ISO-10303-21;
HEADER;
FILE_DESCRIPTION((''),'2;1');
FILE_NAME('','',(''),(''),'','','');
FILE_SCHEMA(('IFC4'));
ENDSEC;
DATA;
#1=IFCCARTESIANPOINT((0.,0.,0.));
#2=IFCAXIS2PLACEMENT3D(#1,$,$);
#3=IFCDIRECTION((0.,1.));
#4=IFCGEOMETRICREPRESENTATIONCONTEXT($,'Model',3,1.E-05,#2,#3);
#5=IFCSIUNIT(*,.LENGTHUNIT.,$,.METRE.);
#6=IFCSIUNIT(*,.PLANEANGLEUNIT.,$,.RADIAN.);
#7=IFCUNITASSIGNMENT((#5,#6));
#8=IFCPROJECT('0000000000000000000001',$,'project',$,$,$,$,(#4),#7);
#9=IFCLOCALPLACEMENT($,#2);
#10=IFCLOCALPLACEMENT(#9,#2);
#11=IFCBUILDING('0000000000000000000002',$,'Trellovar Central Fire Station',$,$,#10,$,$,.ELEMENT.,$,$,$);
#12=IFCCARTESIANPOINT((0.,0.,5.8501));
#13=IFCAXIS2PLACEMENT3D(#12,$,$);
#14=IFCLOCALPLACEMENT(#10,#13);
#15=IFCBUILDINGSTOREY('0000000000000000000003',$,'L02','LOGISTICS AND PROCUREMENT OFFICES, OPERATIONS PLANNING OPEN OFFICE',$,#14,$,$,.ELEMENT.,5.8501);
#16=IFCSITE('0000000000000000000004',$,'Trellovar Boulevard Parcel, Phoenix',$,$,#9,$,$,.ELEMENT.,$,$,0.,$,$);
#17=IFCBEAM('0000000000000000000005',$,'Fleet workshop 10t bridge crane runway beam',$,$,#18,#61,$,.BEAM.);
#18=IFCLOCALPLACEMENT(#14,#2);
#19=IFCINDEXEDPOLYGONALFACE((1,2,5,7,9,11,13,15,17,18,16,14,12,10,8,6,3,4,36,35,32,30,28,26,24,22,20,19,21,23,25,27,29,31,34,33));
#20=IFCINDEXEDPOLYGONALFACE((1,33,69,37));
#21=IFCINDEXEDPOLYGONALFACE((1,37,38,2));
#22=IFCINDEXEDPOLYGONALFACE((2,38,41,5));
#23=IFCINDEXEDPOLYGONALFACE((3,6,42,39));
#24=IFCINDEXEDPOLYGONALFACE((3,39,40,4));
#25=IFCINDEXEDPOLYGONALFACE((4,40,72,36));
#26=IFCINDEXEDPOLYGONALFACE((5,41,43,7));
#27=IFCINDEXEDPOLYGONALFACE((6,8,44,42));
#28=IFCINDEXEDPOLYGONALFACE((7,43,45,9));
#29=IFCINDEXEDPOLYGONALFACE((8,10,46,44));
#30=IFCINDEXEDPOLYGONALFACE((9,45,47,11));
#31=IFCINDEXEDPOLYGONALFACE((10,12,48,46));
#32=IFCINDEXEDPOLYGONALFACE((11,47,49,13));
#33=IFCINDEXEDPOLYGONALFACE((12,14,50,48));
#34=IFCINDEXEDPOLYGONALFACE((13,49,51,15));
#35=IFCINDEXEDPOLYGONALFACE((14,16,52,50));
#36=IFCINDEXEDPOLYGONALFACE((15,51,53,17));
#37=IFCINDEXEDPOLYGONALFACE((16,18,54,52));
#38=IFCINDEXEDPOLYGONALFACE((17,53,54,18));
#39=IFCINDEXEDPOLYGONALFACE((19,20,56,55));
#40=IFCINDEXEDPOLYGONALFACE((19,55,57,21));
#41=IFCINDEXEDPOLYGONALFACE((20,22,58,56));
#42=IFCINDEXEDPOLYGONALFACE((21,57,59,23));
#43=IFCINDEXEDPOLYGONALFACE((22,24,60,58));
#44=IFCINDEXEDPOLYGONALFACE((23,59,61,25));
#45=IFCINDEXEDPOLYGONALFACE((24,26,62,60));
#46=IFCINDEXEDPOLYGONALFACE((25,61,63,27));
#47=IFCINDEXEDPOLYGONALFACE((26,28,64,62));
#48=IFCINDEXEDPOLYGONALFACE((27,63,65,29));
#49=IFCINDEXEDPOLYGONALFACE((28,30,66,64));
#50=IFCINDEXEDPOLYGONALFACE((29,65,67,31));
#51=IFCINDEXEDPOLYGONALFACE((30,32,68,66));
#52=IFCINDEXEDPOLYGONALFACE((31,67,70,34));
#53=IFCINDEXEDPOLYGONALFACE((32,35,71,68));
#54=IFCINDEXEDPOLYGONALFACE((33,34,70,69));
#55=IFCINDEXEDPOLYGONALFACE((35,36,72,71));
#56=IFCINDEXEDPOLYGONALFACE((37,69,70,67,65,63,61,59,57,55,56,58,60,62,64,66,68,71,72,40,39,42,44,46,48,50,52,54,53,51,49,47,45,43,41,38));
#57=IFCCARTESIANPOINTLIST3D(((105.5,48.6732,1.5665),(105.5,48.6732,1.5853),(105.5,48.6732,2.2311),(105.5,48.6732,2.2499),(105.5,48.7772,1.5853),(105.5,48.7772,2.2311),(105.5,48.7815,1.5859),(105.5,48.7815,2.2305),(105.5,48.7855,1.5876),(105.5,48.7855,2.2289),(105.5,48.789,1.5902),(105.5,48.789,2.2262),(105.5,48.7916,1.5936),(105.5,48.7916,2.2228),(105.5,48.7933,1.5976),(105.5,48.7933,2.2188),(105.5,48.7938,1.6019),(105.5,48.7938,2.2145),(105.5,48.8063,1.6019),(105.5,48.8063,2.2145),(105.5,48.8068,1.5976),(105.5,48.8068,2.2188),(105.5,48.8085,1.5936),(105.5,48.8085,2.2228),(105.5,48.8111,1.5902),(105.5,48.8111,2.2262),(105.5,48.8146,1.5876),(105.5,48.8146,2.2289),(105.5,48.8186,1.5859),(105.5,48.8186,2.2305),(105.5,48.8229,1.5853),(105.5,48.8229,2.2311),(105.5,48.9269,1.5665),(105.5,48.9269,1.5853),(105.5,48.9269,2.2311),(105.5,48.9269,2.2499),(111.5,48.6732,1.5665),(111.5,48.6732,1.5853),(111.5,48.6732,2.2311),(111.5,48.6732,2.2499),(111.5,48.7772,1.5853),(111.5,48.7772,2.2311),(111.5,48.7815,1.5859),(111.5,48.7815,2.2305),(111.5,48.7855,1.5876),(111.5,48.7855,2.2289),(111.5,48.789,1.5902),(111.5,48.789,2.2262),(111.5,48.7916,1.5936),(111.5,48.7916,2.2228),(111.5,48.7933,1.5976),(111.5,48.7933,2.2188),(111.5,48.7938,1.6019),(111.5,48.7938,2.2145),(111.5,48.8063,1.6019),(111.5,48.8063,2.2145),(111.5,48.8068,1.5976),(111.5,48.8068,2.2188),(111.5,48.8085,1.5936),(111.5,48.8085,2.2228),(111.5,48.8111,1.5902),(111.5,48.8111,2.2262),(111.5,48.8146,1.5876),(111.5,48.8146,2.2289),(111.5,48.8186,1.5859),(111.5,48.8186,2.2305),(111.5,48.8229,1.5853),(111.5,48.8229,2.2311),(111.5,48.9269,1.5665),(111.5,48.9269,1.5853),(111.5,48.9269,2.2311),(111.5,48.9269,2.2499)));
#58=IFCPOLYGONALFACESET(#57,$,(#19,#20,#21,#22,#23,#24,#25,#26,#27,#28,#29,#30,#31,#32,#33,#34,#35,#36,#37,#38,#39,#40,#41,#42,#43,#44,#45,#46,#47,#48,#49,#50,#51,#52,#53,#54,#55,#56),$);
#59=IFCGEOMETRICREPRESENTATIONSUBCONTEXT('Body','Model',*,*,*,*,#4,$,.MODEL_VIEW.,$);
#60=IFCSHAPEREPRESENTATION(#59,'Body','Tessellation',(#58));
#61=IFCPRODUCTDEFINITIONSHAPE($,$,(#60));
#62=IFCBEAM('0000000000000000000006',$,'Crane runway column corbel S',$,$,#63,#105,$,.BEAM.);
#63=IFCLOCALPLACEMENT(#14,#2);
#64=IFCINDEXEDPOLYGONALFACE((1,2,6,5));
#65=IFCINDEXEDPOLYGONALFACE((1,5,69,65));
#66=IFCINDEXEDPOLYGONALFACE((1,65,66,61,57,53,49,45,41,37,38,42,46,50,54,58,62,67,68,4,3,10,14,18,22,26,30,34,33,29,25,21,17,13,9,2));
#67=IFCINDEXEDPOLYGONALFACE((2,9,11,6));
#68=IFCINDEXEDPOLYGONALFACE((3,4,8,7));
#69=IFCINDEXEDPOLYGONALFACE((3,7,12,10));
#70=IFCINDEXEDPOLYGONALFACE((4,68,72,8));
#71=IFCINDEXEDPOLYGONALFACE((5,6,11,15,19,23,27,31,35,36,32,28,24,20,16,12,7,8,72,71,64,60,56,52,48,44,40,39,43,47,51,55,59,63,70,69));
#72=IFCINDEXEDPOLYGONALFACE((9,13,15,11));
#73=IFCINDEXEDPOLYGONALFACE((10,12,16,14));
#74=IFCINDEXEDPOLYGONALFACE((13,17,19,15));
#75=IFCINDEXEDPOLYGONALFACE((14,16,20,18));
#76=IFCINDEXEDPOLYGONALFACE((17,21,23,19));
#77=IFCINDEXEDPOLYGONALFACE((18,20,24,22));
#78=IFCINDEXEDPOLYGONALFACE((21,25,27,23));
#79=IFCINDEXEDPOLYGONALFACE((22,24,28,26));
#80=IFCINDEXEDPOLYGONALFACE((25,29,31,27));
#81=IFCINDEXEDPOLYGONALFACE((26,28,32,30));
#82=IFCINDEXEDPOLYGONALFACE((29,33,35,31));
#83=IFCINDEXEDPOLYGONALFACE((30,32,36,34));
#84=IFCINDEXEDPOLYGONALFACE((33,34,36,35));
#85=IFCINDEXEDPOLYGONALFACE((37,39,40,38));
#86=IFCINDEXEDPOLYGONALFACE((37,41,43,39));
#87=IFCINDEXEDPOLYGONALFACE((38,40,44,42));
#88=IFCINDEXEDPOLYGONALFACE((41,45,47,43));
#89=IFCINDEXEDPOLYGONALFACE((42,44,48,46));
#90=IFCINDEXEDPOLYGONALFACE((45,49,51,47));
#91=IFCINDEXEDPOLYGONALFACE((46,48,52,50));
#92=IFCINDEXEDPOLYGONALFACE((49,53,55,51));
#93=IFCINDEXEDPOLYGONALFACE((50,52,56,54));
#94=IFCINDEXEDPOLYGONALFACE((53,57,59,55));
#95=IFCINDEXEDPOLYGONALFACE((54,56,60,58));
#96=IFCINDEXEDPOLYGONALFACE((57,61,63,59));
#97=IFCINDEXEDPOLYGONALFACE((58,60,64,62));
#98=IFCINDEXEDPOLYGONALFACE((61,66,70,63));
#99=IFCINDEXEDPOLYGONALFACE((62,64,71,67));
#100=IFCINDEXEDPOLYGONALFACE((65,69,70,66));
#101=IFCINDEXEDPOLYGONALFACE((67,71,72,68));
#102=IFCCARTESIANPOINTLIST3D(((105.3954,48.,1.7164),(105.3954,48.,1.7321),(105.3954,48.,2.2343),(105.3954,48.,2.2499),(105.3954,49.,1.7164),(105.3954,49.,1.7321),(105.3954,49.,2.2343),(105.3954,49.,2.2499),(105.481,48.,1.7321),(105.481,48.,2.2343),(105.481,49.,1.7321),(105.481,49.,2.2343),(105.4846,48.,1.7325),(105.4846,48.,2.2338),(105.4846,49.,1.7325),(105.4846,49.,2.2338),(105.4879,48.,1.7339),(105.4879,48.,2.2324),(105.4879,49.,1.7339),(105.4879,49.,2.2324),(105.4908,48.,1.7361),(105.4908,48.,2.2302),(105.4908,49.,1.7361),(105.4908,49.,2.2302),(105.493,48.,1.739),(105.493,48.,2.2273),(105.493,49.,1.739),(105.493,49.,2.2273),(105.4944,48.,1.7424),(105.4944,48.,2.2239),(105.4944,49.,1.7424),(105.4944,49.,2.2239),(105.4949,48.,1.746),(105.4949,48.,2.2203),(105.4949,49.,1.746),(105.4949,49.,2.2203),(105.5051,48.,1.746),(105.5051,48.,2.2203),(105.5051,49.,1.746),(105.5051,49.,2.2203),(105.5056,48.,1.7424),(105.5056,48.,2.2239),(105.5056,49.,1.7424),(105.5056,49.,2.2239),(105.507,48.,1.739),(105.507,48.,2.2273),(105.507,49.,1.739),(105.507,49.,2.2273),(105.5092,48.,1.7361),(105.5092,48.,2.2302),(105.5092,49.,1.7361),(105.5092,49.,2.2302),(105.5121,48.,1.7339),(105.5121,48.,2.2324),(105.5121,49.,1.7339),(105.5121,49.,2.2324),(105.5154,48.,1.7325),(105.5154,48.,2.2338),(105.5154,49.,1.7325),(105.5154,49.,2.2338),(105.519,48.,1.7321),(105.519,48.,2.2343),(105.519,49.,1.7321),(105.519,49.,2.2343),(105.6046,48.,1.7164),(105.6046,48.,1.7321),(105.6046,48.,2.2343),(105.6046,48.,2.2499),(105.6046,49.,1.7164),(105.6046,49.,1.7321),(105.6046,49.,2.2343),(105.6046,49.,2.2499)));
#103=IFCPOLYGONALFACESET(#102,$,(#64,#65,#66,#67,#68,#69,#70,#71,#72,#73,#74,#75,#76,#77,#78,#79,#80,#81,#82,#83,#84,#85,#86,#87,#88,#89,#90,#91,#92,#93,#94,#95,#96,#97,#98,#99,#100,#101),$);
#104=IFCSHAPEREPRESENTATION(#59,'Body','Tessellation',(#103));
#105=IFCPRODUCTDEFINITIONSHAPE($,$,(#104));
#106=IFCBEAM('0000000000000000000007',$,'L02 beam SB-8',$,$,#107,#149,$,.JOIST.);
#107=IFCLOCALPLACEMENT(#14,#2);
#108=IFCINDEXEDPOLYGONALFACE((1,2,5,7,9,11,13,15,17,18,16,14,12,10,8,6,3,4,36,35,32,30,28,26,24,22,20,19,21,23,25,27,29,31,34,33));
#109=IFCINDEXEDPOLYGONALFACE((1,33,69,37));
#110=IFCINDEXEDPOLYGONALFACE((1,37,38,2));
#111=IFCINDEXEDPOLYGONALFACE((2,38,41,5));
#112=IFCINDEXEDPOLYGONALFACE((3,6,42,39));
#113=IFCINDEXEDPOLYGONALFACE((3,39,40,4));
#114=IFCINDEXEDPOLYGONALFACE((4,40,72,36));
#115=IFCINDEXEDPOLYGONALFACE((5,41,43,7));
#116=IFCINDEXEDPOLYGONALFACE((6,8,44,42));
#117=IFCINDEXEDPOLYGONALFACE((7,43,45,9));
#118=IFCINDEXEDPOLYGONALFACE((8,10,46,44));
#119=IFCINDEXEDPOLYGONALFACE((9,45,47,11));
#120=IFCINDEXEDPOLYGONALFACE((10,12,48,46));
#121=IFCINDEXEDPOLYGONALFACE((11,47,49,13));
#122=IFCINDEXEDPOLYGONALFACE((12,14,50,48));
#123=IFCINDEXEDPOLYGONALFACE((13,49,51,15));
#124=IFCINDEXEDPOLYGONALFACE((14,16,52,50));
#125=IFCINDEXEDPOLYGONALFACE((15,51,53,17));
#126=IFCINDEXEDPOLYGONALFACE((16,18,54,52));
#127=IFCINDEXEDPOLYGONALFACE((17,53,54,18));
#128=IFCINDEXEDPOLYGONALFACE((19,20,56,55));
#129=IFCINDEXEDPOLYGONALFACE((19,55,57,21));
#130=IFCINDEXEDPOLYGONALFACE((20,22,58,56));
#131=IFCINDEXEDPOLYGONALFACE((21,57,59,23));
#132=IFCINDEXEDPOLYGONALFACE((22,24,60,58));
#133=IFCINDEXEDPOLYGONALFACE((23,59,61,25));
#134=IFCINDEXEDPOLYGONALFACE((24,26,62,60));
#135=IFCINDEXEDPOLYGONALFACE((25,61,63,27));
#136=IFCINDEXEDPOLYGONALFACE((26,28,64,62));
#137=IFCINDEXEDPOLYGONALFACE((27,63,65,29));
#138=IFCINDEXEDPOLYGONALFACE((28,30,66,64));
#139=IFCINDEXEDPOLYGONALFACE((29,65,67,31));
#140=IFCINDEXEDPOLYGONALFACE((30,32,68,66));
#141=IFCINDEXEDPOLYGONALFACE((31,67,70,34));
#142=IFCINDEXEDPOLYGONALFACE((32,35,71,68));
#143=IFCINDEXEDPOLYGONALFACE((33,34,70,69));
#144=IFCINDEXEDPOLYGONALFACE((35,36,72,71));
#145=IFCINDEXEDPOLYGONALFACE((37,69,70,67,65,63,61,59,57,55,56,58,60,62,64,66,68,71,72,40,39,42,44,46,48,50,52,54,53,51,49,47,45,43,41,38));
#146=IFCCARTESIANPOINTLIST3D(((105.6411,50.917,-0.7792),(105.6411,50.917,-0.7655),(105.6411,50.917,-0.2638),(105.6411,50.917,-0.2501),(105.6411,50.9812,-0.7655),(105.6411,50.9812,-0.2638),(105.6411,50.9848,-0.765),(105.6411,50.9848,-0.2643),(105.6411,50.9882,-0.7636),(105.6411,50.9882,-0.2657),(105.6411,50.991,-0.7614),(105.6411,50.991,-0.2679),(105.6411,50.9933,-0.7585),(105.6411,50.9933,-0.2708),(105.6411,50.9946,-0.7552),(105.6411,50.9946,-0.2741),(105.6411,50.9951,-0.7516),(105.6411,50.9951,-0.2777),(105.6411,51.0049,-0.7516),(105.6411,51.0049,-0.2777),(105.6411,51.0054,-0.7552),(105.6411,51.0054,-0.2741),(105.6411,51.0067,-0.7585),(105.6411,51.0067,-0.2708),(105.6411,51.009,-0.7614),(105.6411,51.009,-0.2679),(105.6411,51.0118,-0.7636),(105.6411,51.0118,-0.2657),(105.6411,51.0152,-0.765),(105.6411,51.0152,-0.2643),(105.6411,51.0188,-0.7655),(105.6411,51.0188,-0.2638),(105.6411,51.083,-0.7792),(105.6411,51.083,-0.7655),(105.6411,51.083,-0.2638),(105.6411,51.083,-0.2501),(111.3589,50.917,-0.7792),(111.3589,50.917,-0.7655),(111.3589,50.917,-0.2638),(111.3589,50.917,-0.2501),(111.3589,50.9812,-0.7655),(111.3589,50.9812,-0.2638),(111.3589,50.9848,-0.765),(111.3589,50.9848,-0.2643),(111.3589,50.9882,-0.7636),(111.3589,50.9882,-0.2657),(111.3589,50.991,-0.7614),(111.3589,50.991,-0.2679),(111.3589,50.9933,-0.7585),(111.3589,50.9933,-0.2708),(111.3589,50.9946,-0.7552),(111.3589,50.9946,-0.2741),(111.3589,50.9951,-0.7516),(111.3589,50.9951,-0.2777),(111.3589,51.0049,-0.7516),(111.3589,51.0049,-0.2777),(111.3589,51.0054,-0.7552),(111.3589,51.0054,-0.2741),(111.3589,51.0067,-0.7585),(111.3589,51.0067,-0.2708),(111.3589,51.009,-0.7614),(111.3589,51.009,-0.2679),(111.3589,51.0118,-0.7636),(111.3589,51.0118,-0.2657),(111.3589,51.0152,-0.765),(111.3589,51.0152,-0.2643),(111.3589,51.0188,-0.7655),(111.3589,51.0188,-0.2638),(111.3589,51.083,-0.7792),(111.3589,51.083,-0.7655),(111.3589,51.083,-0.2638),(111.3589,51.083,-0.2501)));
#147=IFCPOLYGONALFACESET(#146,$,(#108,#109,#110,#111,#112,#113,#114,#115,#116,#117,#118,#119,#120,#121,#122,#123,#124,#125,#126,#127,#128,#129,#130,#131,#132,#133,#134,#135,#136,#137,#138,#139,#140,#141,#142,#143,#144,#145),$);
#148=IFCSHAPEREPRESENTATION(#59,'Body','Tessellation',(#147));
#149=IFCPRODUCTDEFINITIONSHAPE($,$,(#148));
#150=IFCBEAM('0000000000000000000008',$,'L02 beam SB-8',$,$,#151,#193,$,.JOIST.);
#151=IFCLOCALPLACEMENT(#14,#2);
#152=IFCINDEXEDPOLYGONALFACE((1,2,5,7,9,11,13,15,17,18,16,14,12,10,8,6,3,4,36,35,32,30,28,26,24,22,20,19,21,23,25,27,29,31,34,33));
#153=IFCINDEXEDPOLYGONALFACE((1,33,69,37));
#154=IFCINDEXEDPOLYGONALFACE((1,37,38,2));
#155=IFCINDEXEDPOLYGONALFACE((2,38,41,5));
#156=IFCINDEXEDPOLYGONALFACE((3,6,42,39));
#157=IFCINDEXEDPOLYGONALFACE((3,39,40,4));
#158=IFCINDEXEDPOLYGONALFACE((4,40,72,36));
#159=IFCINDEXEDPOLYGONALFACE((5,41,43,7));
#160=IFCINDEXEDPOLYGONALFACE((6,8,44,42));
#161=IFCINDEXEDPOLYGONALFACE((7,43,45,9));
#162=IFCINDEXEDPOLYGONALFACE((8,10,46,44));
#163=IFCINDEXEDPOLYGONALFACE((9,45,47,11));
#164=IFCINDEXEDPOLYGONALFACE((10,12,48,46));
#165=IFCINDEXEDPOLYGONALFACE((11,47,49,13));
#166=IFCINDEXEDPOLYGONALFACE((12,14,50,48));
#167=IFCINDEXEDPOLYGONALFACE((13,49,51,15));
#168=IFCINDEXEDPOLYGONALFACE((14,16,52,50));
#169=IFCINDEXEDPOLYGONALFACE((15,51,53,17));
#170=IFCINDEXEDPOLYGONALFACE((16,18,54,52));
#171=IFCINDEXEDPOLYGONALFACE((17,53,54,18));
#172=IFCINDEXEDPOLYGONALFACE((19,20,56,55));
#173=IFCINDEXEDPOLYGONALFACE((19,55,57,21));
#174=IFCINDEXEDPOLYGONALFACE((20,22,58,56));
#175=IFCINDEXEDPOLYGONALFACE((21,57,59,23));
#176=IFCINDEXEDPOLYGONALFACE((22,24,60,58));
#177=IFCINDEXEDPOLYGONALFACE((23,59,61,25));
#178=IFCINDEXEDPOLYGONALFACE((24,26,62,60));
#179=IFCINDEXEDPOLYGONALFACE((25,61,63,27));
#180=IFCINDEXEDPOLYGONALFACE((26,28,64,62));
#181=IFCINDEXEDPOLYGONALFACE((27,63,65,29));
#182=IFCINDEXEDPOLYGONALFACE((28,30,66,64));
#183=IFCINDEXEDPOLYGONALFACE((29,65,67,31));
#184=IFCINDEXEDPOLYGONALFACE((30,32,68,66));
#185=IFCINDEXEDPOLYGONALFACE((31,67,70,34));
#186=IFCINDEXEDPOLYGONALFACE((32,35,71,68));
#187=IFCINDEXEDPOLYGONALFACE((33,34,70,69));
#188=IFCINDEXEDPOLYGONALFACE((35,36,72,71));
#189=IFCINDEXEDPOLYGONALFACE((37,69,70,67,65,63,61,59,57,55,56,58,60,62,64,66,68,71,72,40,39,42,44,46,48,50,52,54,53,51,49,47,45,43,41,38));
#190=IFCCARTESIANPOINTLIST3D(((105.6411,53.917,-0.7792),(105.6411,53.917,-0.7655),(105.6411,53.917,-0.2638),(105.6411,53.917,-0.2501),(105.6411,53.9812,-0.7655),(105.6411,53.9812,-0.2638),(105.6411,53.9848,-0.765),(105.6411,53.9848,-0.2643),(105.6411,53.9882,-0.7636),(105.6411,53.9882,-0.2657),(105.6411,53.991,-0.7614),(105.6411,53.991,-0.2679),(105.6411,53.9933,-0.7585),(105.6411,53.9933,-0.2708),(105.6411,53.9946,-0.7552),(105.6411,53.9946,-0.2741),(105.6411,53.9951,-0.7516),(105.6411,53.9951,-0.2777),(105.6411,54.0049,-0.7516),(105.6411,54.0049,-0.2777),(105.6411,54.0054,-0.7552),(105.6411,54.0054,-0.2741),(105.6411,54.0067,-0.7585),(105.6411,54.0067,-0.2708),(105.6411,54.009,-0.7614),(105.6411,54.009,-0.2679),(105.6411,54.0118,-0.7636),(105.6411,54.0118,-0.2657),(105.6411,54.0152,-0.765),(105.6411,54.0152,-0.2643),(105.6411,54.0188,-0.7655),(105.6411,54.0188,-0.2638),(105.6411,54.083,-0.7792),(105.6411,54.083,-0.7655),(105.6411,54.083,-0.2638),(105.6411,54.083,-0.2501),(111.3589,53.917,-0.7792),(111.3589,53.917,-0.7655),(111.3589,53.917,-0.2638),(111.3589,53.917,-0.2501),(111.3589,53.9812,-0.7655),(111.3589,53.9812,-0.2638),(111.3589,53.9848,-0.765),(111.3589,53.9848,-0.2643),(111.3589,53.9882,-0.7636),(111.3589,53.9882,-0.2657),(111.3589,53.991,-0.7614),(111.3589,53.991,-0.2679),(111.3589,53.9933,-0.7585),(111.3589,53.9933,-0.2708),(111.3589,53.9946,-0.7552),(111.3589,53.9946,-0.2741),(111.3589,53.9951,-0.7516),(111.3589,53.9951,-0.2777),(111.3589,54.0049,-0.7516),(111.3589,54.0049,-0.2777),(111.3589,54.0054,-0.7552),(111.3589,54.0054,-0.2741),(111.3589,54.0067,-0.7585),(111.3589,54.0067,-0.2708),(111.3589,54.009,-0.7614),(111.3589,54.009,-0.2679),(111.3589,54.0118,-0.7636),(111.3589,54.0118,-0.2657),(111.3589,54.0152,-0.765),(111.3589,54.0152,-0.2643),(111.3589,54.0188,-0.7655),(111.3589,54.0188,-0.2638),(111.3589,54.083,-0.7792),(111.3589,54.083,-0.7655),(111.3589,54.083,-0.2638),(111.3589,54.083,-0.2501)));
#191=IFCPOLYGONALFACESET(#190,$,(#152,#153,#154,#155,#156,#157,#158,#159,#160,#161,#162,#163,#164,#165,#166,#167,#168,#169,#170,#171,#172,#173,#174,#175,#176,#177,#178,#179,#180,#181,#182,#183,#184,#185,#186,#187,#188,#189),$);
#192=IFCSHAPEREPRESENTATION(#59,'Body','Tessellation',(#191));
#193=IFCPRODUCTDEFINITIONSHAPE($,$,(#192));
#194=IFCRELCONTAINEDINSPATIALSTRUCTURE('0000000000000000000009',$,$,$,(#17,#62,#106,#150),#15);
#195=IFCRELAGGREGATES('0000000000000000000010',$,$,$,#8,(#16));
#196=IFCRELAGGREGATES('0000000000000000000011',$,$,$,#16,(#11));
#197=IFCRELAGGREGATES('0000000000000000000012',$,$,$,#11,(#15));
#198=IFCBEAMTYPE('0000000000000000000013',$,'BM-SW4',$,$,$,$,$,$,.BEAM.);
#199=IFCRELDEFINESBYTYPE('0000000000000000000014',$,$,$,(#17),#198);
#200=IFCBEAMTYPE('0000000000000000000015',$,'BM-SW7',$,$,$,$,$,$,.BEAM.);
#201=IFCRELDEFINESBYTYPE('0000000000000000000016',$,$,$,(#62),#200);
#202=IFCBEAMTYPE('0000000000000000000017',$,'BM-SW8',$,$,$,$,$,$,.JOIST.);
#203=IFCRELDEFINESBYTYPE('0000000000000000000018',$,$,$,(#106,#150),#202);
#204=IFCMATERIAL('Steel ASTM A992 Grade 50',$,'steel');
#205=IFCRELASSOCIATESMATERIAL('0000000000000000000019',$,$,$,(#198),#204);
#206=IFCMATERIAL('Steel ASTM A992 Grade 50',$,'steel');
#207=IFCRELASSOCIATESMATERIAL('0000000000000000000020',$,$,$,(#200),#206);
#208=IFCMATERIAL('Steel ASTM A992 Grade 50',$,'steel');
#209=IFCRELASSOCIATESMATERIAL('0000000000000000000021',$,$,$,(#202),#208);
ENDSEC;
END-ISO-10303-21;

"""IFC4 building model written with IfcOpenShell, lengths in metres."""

from ifc_helpers import new_model, si_unit, direction, frame, origin, origin_2d, place, context, subcontext, project, spatial, i_section, extrude, material, material_profile, profile_set, type_object, element, save


model = new_model("IFC4")

# Units and contexts
model_context = context("Model", 3, precision=1e-05, world=origin(), true_north=direction((0.0, 1.0)))
body_context = subcontext(model_context, "Body", "Model", "MODEL_VIEW")
ifc_project = project(units=[si_unit("LENGTHUNIT", "METRE"), si_unit("PLANEANGLEUNIT", "RADIAN")], contexts=[model_context])

# Site, building, storey
site_placement = place(None, origin())
site = spatial("IfcSite", under=ifc_project, at=site_placement, Name="Trellovar Boulevard Parcel, Phoenix", CompositionType="ELEMENT", RefElevation=0.0)
building_placement = place(site_placement, origin())
building = spatial("IfcBuilding", under=site, at=building_placement, Name="Trellovar Central Fire Station", CompositionType="ELEMENT")
storey_placement = place(building_placement, frame((0.0, 0.0, 5.8501)))
storey = spatial("IfcBuildingStorey", under=building, at=storey_placement, Name="L02", Description="LOGISTICS AND PROCUREMENT OFFICES, OPERATIONS PLANNING OPEN OFFICE", CompositionType="ELEMENT", Elevation=5.8501)

# Beams
ifc_material_1 = material(Name="Steel ASTM A992 Grade 50", Category="steel")
ifc_material_profile_1 = material_profile(ifc_material_1, i_section(OverallWidth=0.2537, OverallDepth=0.6833, WebThickness=0.0125, FlangeThickness=0.0188, FilletRadius=0.0166, at=origin_2d()), Name="W27X94")
ifc_profile_set_1 = profile_set([ifc_material_profile_1], Name="Steel ASTM A992 Grade 50")
beam_type_1 = type_object("IfcBeamType", Name="BM-SW4", PredefinedType="BEAM", material=ifc_profile_set_1)
beam_1_placement = place(storey_placement, frame((105.5, 48.8, 1.9082), z_axis=(1.0, 0.0, 0.0), x_axis=(0.0, 1.0, 0.0)))
element("IfcBeam", 1, at=beam_1_placement, inside=storey, type_object=beam_type_1, Name="Fleet workshop 10t bridge crane runway beam", PredefinedType="BEAM", context=body_context, shape_type="SweptSolid", body=[
    extrude(i_section(OverallWidth=0.2537, OverallDepth=0.6833, WebThickness=0.0125, FlangeThickness=0.0188, FilletRadius=0.0166, at=origin_2d()), origin(), (0.0, 0.0, 1.0), 6.0),
])
ifc_material_2 = material(Name="Steel ASTM A992 Grade 50", Category="steel")
ifc_material_profile_2 = material_profile(ifc_material_2, i_section(OverallWidth=0.2092, OverallDepth=0.5334, WebThickness=0.0103, FlangeThickness=0.0156, FilletRadius=0.0139, at=origin_2d()), Name="W21X62")
ifc_profile_set_2 = profile_set([ifc_material_profile_2], Name="Steel ASTM A992 Grade 50")
beam_type_2 = type_object("IfcBeamType", Name="BM-SW7", PredefinedType="BEAM", material=ifc_profile_set_2)
beam_2_placement = place(storey_placement, frame((105.5, 48.0, 1.9832), z_axis=(0.0, 1.0, 0.0), x_axis=(-1.0, 0.0, 0.0)))
element("IfcBeam", 2, at=beam_2_placement, inside=storey, type_object=beam_type_2, Name="Crane runway column corbel S", PredefinedType="BEAM", context=body_context, shape_type="SweptSolid", body=[
    extrude(i_section(OverallWidth=0.2092, OverallDepth=0.5334, WebThickness=0.0103, FlangeThickness=0.0156, FilletRadius=0.0139, at=origin_2d()), origin(), (0.0, 0.0, 1.0), 1.0),
])
ifc_material_3 = material(Name="Steel ASTM A992 Grade 50", Category="steel")
ifc_material_profile_3 = material_profile(ifc_material_3, i_section(OverallWidth=0.166, OverallDepth=0.5291, WebThickness=0.0098, FlangeThickness=0.0137, FilletRadius=0.0139, at=origin_2d()), Name="W21X50")
ifc_profile_set_3 = profile_set([ifc_material_profile_3], Name="Steel ASTM A992 Grade 50")
beam_type_3 = type_object("IfcBeamType", Name="BM-SW8", PredefinedType="JOIST", material=ifc_profile_set_3)
for number, where, z_axis, x_axis, name in (
    (3, (105.6411, 51.0, -0.5146), (1.0, 0.0, 0.0), (0.0, 1.0, 0.0), "L02 beam SB-8"),
    (4, (105.6411, 54.0, -0.5146), (1.0, 0.0, 0.0), (0.0, 1.0, 0.0), "L02 beam SB-8"),
):
    element("IfcBeam", number, at=place(storey_placement, frame(where, z_axis=z_axis, x_axis=x_axis)), inside=storey, type_object=beam_type_3, Name=name, PredefinedType="JOIST", context=body_context, shape_type="SweptSolid", body=[
        extrude(i_section(OverallWidth=0.166, OverallDepth=0.5291, WebThickness=0.0098, FlangeThickness=0.0137, FilletRadius=0.0139, at=origin_2d()), origin(), (0.0, 0.0, 1.0), 5.7178),
    ])

save(model, "model.ifc")
